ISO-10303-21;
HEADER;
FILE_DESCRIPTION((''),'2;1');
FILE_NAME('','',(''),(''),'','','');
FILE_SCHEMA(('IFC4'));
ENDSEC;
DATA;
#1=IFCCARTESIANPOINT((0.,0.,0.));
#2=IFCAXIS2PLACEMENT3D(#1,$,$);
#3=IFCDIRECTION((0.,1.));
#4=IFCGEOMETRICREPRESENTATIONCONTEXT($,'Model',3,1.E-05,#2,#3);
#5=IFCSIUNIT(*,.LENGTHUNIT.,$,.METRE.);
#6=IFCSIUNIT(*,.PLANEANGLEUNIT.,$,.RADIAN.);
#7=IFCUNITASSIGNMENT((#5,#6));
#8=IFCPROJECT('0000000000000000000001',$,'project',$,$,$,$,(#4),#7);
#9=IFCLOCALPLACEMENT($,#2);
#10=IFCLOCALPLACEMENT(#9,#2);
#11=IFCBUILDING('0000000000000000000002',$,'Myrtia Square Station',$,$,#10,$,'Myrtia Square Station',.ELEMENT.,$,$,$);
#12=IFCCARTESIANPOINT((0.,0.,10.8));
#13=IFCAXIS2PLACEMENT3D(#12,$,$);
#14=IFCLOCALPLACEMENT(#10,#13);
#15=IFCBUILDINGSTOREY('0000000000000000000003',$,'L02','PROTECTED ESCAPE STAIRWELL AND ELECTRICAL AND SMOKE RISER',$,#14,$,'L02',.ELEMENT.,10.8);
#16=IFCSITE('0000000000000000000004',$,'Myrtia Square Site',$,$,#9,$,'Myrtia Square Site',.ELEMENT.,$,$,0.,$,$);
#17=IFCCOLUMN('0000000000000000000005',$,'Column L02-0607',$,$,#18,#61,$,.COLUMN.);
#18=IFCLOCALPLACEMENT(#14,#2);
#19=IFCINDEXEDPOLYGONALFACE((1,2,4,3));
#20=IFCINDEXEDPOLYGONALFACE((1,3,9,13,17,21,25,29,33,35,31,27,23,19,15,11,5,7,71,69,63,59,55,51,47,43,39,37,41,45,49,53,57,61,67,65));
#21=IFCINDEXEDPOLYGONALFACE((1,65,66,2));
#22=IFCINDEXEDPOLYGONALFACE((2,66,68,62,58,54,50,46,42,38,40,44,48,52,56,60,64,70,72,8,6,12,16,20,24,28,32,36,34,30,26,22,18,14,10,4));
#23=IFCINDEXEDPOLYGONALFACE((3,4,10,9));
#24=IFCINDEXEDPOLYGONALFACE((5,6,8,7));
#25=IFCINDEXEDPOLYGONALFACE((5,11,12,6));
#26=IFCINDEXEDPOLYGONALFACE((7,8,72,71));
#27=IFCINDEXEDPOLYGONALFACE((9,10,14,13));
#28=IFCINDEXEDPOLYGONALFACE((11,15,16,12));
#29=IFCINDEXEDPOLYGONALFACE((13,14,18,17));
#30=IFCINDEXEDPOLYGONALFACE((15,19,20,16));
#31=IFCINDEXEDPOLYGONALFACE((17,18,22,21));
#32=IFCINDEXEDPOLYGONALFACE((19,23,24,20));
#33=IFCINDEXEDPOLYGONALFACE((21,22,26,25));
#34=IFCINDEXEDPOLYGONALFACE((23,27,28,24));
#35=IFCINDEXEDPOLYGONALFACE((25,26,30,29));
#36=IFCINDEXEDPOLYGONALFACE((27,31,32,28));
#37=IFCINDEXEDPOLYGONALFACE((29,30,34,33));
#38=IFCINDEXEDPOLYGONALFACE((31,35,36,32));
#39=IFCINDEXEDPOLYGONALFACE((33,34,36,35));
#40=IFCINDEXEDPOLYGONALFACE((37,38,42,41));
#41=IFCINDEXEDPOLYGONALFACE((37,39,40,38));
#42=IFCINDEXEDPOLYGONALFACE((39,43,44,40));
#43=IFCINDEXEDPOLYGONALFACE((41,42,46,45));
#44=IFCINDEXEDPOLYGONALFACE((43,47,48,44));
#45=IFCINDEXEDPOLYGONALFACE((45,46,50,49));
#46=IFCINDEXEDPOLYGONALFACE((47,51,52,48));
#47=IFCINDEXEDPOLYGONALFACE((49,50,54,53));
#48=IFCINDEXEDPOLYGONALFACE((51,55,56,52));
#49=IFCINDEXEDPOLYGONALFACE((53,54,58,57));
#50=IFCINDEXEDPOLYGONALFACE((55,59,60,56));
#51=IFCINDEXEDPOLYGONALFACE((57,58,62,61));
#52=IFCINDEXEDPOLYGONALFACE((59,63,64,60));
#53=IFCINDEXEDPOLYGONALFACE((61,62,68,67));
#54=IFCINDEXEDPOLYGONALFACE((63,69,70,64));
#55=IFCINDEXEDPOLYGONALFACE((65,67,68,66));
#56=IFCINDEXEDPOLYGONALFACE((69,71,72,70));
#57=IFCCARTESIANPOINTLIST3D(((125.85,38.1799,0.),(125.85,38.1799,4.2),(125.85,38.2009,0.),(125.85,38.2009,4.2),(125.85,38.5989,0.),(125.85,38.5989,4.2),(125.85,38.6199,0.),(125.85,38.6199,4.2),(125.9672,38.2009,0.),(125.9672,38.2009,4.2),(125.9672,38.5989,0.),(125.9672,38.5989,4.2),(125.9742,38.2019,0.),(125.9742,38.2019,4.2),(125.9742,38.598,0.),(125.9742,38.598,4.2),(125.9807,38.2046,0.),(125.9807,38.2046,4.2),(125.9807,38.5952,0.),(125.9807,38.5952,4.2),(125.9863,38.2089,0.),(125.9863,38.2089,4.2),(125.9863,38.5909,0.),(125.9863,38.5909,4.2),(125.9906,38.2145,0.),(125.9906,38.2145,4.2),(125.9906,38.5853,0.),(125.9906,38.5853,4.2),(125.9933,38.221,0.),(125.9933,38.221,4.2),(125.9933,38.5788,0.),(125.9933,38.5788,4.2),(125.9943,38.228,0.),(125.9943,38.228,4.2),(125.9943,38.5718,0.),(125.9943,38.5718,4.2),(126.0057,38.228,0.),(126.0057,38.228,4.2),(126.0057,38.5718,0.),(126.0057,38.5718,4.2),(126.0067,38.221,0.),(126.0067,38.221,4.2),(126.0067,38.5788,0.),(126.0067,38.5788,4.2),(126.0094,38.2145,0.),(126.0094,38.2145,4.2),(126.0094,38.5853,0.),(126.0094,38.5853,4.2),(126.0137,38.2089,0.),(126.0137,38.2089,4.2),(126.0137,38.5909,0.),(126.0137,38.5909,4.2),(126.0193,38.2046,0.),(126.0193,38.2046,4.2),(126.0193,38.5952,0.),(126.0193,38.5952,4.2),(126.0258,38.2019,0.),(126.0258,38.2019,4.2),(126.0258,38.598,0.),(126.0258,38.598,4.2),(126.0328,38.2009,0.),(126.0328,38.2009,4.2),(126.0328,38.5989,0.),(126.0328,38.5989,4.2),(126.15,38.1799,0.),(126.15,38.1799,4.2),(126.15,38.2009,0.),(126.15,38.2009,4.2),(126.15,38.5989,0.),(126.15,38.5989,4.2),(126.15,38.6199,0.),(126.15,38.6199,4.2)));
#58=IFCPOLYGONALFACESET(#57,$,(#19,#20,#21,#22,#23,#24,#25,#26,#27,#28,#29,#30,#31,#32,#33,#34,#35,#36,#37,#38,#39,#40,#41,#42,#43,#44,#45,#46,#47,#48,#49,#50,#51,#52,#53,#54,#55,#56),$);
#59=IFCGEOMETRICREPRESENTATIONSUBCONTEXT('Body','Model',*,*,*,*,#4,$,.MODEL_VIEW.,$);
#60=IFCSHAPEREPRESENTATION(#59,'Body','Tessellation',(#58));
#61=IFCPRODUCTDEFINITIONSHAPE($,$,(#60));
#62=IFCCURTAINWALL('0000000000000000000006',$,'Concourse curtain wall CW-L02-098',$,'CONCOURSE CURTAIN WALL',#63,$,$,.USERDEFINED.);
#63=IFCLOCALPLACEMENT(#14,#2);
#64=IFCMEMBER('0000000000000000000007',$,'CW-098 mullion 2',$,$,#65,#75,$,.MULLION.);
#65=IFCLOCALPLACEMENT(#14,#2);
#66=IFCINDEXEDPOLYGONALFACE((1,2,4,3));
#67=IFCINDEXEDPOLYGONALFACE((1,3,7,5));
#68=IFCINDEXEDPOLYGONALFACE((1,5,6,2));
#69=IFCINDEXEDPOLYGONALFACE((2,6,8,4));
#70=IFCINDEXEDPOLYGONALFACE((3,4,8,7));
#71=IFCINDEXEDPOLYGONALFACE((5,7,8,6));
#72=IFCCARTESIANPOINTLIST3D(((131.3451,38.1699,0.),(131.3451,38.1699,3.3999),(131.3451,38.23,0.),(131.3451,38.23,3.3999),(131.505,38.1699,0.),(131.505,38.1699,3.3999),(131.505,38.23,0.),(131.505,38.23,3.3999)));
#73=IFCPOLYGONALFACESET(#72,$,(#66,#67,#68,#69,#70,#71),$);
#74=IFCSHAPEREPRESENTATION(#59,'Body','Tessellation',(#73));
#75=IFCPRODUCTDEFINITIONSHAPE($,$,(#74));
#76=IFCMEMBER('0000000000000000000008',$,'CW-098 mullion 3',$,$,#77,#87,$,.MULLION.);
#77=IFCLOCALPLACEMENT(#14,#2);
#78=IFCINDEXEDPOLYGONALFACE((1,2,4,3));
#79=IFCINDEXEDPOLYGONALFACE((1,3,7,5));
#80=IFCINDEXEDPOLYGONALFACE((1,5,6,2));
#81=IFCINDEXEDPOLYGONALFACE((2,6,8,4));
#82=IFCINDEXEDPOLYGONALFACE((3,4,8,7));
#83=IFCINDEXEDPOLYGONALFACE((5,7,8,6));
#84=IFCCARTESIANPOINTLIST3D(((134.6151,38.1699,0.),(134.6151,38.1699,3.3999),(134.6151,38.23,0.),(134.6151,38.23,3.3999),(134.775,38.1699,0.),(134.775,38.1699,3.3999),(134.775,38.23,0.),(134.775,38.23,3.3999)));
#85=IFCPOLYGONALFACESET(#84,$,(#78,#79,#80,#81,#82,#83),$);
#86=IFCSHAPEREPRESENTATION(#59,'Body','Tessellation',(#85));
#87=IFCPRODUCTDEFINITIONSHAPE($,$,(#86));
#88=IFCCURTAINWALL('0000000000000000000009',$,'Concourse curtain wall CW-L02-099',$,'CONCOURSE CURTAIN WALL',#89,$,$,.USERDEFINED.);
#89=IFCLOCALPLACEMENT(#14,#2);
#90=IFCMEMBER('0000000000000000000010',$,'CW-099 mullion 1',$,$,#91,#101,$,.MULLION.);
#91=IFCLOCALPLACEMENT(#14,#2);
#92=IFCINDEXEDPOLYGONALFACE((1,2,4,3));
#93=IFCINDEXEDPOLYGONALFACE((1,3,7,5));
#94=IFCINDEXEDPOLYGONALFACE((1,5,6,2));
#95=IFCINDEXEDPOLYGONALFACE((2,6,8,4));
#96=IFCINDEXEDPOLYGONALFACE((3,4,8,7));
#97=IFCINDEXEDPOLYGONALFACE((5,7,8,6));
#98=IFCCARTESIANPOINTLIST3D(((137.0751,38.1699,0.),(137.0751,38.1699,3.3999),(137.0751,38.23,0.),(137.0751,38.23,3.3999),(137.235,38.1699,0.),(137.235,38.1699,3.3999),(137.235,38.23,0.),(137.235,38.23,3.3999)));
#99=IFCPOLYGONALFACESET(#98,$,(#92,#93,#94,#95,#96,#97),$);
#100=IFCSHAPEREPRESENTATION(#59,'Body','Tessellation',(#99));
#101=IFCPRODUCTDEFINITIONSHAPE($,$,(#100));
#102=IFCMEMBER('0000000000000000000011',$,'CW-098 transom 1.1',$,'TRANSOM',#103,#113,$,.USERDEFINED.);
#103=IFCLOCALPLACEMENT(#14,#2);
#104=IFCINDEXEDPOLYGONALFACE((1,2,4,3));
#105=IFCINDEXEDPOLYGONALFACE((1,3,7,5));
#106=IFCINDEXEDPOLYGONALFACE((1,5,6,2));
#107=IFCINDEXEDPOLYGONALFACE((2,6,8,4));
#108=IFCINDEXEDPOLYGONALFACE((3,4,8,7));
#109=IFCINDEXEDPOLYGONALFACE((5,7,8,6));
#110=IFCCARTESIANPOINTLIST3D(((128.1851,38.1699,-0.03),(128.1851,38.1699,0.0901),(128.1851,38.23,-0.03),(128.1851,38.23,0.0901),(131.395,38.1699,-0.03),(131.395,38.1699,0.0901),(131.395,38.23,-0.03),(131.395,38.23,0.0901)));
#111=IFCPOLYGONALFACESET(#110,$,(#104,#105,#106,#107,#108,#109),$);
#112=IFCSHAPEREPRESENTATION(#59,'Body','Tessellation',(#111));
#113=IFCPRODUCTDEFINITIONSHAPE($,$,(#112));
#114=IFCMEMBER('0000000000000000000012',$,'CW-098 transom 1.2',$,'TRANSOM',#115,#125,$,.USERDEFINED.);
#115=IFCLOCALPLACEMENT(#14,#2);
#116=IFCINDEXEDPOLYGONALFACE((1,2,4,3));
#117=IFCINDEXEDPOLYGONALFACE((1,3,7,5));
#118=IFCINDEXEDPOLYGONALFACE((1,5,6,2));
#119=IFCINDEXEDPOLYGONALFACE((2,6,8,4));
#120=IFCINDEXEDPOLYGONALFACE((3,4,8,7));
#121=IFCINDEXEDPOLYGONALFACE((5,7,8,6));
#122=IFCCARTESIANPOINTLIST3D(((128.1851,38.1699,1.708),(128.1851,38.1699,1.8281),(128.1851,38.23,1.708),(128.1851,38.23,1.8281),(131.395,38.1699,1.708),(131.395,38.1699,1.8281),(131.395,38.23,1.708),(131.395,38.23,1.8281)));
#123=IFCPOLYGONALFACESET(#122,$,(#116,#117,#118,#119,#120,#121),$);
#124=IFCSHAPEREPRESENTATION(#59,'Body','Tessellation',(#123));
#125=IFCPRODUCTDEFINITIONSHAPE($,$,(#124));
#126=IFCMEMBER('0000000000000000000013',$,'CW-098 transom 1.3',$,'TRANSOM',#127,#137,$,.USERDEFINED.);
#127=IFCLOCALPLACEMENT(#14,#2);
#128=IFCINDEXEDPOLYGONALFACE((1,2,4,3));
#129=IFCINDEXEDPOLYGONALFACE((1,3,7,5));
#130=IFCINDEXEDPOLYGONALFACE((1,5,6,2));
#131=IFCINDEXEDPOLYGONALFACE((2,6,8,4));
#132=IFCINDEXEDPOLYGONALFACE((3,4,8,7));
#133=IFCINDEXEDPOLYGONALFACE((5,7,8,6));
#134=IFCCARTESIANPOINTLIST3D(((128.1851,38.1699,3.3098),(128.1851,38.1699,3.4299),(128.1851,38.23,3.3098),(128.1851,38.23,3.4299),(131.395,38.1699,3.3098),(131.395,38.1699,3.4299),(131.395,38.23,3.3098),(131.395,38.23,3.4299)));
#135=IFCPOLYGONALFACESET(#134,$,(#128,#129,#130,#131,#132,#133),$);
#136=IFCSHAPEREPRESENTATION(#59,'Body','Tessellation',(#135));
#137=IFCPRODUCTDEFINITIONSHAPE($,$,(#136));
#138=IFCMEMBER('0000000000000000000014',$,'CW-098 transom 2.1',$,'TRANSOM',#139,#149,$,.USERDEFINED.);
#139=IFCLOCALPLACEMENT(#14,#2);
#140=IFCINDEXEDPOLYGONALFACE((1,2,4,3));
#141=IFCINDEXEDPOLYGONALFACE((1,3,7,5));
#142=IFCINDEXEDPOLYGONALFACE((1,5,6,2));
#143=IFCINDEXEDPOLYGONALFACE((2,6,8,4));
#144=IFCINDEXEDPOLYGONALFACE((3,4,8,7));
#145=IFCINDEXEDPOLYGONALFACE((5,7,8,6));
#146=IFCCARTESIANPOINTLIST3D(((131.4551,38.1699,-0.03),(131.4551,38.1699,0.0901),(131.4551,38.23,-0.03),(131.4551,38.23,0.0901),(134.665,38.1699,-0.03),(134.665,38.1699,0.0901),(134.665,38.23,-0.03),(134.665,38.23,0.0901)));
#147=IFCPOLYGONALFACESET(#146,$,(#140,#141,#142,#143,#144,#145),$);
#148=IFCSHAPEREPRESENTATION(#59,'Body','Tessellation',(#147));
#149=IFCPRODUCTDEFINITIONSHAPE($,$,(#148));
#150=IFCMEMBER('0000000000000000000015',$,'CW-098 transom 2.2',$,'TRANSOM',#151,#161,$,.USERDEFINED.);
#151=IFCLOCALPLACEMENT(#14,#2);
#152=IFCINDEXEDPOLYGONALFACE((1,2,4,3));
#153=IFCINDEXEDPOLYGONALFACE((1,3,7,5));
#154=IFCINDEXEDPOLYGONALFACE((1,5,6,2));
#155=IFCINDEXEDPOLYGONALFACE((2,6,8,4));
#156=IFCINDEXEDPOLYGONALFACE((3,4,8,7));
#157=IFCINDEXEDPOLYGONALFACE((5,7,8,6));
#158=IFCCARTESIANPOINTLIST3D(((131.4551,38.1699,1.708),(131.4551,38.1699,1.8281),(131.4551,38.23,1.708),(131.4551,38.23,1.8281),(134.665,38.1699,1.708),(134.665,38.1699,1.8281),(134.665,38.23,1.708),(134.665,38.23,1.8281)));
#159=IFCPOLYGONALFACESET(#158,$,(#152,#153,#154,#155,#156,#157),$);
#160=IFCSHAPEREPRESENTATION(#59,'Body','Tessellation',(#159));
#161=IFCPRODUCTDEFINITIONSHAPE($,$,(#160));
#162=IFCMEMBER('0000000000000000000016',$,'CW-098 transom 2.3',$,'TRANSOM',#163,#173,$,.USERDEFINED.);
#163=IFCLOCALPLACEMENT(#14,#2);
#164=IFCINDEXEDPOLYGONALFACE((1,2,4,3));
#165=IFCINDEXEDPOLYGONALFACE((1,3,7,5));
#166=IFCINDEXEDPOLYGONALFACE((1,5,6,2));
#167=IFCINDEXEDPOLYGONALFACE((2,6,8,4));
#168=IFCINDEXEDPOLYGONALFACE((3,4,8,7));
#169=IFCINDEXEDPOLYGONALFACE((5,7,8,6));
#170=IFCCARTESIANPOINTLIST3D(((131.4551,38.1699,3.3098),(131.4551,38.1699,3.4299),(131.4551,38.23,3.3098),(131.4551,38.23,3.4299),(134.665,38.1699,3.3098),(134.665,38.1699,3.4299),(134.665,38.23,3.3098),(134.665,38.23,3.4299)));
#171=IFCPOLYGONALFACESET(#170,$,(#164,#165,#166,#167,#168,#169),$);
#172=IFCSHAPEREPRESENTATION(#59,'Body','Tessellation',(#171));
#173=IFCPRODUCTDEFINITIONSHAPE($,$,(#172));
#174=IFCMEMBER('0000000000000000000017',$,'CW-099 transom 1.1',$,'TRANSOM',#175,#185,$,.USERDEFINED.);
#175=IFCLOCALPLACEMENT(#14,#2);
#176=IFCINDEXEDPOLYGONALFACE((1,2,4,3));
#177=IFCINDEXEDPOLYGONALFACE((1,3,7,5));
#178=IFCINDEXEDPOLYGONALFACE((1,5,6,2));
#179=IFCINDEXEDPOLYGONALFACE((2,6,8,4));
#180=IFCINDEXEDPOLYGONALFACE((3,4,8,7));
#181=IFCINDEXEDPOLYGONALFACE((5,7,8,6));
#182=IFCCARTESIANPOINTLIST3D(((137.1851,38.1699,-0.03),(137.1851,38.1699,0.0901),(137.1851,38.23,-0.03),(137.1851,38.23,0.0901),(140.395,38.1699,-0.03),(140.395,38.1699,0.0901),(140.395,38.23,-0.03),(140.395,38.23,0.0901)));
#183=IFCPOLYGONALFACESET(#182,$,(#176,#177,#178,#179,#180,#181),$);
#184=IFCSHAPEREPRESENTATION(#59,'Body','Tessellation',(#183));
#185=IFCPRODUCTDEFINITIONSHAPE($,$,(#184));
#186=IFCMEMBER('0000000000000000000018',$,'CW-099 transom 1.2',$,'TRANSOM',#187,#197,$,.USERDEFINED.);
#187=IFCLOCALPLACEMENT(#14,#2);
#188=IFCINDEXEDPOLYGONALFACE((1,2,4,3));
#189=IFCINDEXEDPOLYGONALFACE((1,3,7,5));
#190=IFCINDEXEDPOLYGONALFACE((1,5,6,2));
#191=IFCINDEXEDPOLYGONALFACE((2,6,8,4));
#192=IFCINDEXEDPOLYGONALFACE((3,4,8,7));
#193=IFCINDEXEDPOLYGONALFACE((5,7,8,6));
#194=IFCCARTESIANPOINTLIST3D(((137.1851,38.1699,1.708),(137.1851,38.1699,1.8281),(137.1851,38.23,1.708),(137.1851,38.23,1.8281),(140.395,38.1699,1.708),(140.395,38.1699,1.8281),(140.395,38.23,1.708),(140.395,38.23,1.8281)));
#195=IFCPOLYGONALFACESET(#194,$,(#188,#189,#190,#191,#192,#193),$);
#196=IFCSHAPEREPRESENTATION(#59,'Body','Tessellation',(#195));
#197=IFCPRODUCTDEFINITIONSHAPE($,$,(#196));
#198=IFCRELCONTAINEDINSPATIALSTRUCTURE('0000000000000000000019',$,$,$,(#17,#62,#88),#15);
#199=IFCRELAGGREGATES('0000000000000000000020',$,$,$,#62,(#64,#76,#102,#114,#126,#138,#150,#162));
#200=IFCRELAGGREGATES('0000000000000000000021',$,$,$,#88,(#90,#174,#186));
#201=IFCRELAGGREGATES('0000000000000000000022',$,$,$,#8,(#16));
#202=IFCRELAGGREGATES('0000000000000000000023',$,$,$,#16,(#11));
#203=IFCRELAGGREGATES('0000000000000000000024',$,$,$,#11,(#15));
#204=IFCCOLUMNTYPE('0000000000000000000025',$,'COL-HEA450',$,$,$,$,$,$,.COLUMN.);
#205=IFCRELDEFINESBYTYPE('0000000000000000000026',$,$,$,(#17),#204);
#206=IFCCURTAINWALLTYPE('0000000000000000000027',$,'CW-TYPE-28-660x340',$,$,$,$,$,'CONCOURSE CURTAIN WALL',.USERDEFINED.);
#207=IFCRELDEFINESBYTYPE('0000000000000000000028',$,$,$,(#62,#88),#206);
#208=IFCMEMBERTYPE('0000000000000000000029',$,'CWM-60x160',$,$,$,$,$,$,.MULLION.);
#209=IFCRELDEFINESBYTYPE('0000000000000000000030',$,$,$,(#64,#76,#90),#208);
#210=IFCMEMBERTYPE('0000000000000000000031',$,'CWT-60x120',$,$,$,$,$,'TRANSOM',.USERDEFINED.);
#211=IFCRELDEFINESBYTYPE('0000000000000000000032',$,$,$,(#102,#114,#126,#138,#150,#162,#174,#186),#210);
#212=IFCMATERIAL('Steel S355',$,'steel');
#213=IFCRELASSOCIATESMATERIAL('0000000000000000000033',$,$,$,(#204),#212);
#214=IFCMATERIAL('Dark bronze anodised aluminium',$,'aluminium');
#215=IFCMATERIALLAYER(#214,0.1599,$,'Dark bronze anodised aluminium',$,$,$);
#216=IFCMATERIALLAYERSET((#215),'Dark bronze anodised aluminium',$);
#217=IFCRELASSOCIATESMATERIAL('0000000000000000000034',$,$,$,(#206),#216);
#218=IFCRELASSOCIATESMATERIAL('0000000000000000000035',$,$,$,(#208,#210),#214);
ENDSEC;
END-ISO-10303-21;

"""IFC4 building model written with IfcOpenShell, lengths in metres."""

from ifc_helpers import new_model, si_unit, direction, frame, origin, origin_2d, place, context, subcontext, project, spatial, rectangle, i_section, extrude, material, layer, layer_set, material_profile, profile_set, type_object, element, aggregate, save


model = new_model("IFC4")

# Units and contexts
model_context = context("Model", 3, precision=1e-05, world=origin(), true_north=direction((0.0, 1.0)))
body_context = subcontext(model_context, "Body", "Model", "MODEL_VIEW")
ifc_project = project(units=[si_unit("LENGTHUNIT", "METRE"), si_unit("PLANEANGLEUNIT", "RADIAN")], contexts=[model_context])

# Site, building, storey
site_placement = place(None, origin())
site = spatial("IfcSite", under=ifc_project, at=site_placement, Name="Myrtia Square Site", LongName="Myrtia Square Site", CompositionType="ELEMENT", RefElevation=0.0)
building_placement = place(site_placement, origin())
building = spatial("IfcBuilding", under=site, at=building_placement, Name="Myrtia Square Station", LongName="Myrtia Square Station", CompositionType="ELEMENT")
storey_placement = place(building_placement, frame((0.0, 0.0, 10.8)))
storey = spatial("IfcBuildingStorey", under=building, at=storey_placement, Name="L02", Description="PROTECTED ESCAPE STAIRWELL AND ELECTRICAL AND SMOKE RISER", LongName="L02", CompositionType="ELEMENT", Elevation=10.8)

# Column
ifc_material_1 = material(Name="Steel S355", Category="steel")
ifc_material_profile_1 = material_profile(ifc_material_1, i_section(OverallWidth=0.3, OverallDepth=0.4399, WebThickness=0.0115, FlangeThickness=0.021, FilletRadius=0.0271, at=origin_2d()), Name="HEA 450")
ifc_profile_set_1 = profile_set([ifc_material_profile_1], Name="Steel S355")
column_type = type_object("IfcColumnType", Name="COL-HEA450", PredefinedType="COLUMN", material=ifc_profile_set_1)
column_placement = place(storey_placement, frame((126.0, 38.3999, 0.0), z_axis=(0.0, 0.0, 1.0), x_axis=(1.0, 0.0, 0.0)))
element("IfcColumn", 1, at=column_placement, inside=storey, type_object=column_type, Name="Column L02-0607", PredefinedType="COLUMN", context=body_context, shape_type="SweptSolid", body=[
    extrude(i_section(OverallWidth=0.3, OverallDepth=0.4399, WebThickness=0.0115, FlangeThickness=0.021, FilletRadius=0.0271, at=origin_2d()), origin(), (0.0, 0.0, 1.0), 4.2),
])

# Curtain wall, members
ifc_material_2 = material(Name="Dark bronze anodised aluminium", Category="aluminium")
ifc_layer_1 = layer(ifc_material_2, 0.1599, Name="Dark bronze anodised aluminium")
ifc_layer_set_1 = layer_set([ifc_layer_1], Name="Dark bronze anodised aluminium")
curtain_wall_type = type_object("IfcCurtainWallType", Name="CW-TYPE-28-660x340", ElementType="CONCOURSE CURTAIN WALL", PredefinedType="USERDEFINED", material=ifc_layer_set_1)
curtain_wall_1_placement = place(storey_placement, origin())
curtain_wall_1 = element("IfcCurtainWall", 2, at=curtain_wall_1_placement, inside=storey, type_object=curtain_wall_type, Name="Concourse curtain wall CW-L02-098", ObjectType="CONCOURSE CURTAIN WALL", PredefinedType="USERDEFINED")
ifc_material_profile_2 = material_profile(ifc_material_2, rectangle(XDim=0.0601, YDim=0.1599, at=origin_2d()), Name="ALU-M 60x160")
ifc_profile_set_2 = profile_set([ifc_material_profile_2], Name="Dark bronze anodised aluminium")
member_type_1 = type_object("IfcMemberType", Name="CWM-60x160", PredefinedType="MULLION", material=ifc_profile_set_2)
member_1_placement = place(storey_placement, frame((131.425, 38.2, 0.0), z_axis=(0.0, 0.0, 1.0), x_axis=(0.0, 1.0, 0.0)))
member_1 = element("IfcMember", 3, at=member_1_placement, type_object=member_type_1, Name="CW-098 mullion 2", PredefinedType="MULLION", context=body_context, shape_type="SweptSolid", body=[
    extrude(rectangle(XDim=0.0601, YDim=0.1599, at=origin_2d()), origin(), (0.0, 0.0, 1.0), 3.3999),
])
member_2_placement = place(storey_placement, frame((134.6951, 38.2, 0.0), z_axis=(0.0, 0.0, 1.0), x_axis=(0.0, 1.0, 0.0)))
member_2 = element("IfcMember", 4, at=member_2_placement, type_object=member_type_1, Name="CW-098 mullion 3", PredefinedType="MULLION", context=body_context, shape_type="SweptSolid", body=[
    extrude(rectangle(XDim=0.0601, YDim=0.1599, at=origin_2d()), origin(), (0.0, 0.0, 1.0), 3.3999),
])

# Curtain wall, member
curtain_wall_2_placement = place(storey_placement, origin())
curtain_wall_2 = element("IfcCurtainWall", 5, at=curtain_wall_2_placement, inside=storey, type_object=curtain_wall_type, Name="Concourse curtain wall CW-L02-099", ObjectType="CONCOURSE CURTAIN WALL", PredefinedType="USERDEFINED")
member_3_placement = place(storey_placement, frame((137.155, 38.2, 0.0), z_axis=(0.0, 0.0, 1.0), x_axis=(0.0, 1.0, 0.0)))
member_3 = element("IfcMember", 6, at=member_3_placement, type_object=member_type_1, Name="CW-099 mullion 1", PredefinedType="MULLION", context=body_context, shape_type="SweptSolid", body=[
    extrude(rectangle(XDim=0.0601, YDim=0.1599, at=origin_2d()), origin(), (0.0, 0.0, 1.0), 3.3999),
])

# Members
ifc_material_profile_3 = material_profile(ifc_material_2, rectangle(XDim=0.0601, YDim=0.1201, at=origin_2d()), Name="ALU-T 60x120")
ifc_profile_set_3 = profile_set([ifc_material_profile_3], Name="Dark bronze anodised aluminium")
member_type_2 = type_object("IfcMemberType", Name="CWT-60x120", ElementType="TRANSOM", PredefinedType="USERDEFINED", material=ifc_profile_set_3)
member_4_placement = place(storey_placement, frame((128.1851, 38.2, 0.03), z_axis=(1.0, 0.0, 0.0), x_axis=(0.0, 1.0, 0.0)))
member_4 = element("IfcMember", 7, at=member_4_placement, type_object=member_type_2, Name="CW-098 transom 1.1", ObjectType="TRANSOM", PredefinedType="USERDEFINED", context=body_context, shape_type="SweptSolid", body=[
    extrude(rectangle(XDim=0.0601, YDim=0.1201, at=origin_2d()), origin(), (0.0, 0.0, 1.0), 3.21),
])
member_5_placement = place(storey_placement, frame((128.1851, 38.2, 1.7681), z_axis=(1.0, 0.0, 0.0), x_axis=(0.0, 1.0, 0.0)))
member_5 = element("IfcMember", 8, at=member_5_placement, type_object=member_type_2, Name="CW-098 transom 1.2", ObjectType="TRANSOM", PredefinedType="USERDEFINED", context=body_context, shape_type="SweptSolid", body=[
    extrude(rectangle(XDim=0.0601, YDim=0.1201, at=origin_2d()), origin(), (0.0, 0.0, 1.0), 3.21),
])
member_6_placement = place(storey_placement, frame((128.1851, 38.2, 3.3699), z_axis=(1.0, 0.0, 0.0), x_axis=(0.0, 1.0, 0.0)))
member_6 = element("IfcMember", 9, at=member_6_placement, type_object=member_type_2, Name="CW-098 transom 1.3", ObjectType="TRANSOM", PredefinedType="USERDEFINED", context=body_context, shape_type="SweptSolid", body=[
    extrude(rectangle(XDim=0.0601, YDim=0.1201, at=origin_2d()), origin(), (0.0, 0.0, 1.0), 3.21),
])
member_7_placement = place(storey_placement, frame((131.4551, 38.2, 0.03), z_axis=(1.0, 0.0, 0.0), x_axis=(0.0, 1.0, 0.0)))
member_7 = element("IfcMember", 10, at=member_7_placement, type_object=member_type_2, Name="CW-098 transom 2.1", ObjectType="TRANSOM", PredefinedType="USERDEFINED", context=body_context, shape_type="SweptSolid", body=[
    extrude(rectangle(XDim=0.0601, YDim=0.1201, at=origin_2d()), origin(), (0.0, 0.0, 1.0), 3.21),
])
member_8_placement = place(storey_placement, frame((131.4551, 38.2, 1.7681), z_axis=(1.0, 0.0, 0.0), x_axis=(0.0, 1.0, 0.0)))
member_8 = element("IfcMember", 11, at=member_8_placement, type_object=member_type_2, Name="CW-098 transom 2.2", ObjectType="TRANSOM", PredefinedType="USERDEFINED", context=body_context, shape_type="SweptSolid", body=[
    extrude(rectangle(XDim=0.0601, YDim=0.1201, at=origin_2d()), origin(), (0.0, 0.0, 1.0), 3.21),
])
member_9_placement = place(storey_placement, frame((131.4551, 38.2, 3.3699), z_axis=(1.0, 0.0, 0.0), x_axis=(0.0, 1.0, 0.0)))
member_9 = element("IfcMember", 12, at=member_9_placement, type_object=member_type_2, Name="CW-098 transom 2.3", ObjectType="TRANSOM", PredefinedType="USERDEFINED", context=body_context, shape_type="SweptSolid", body=[
    extrude(rectangle(XDim=0.0601, YDim=0.1201, at=origin_2d()), origin(), (0.0, 0.0, 1.0), 3.21),
])
member_10_placement = place(storey_placement, frame((137.1851, 38.2, 0.03), z_axis=(1.0, 0.0, 0.0), x_axis=(0.0, 1.0, 0.0)))
member_10 = element("IfcMember", 13, at=member_10_placement, type_object=member_type_2, Name="CW-099 transom 1.1", ObjectType="TRANSOM", PredefinedType="USERDEFINED", context=body_context, shape_type="SweptSolid", body=[
    extrude(rectangle(XDim=0.0601, YDim=0.1201, at=origin_2d()), origin(), (0.0, 0.0, 1.0), 3.21),
])
member_11_placement = place(storey_placement, frame((137.1851, 38.2, 1.7681), z_axis=(1.0, 0.0, 0.0), x_axis=(0.0, 1.0, 0.0)))
member_11 = element("IfcMember", 14, at=member_11_placement, type_object=member_type_2, Name="CW-099 transom 1.2", ObjectType="TRANSOM", PredefinedType="USERDEFINED", context=body_context, shape_type="SweptSolid", body=[
    extrude(rectangle(XDim=0.0601, YDim=0.1201, at=origin_2d()), origin(), (0.0, 0.0, 1.0), 3.21),
])

aggregate(curtain_wall_1, [member_1, member_2, member_4, member_5, member_6, member_7, member_8, member_9])
aggregate(curtain_wall_2, [member_3, member_10, member_11])

save(model, "model.ifc")
